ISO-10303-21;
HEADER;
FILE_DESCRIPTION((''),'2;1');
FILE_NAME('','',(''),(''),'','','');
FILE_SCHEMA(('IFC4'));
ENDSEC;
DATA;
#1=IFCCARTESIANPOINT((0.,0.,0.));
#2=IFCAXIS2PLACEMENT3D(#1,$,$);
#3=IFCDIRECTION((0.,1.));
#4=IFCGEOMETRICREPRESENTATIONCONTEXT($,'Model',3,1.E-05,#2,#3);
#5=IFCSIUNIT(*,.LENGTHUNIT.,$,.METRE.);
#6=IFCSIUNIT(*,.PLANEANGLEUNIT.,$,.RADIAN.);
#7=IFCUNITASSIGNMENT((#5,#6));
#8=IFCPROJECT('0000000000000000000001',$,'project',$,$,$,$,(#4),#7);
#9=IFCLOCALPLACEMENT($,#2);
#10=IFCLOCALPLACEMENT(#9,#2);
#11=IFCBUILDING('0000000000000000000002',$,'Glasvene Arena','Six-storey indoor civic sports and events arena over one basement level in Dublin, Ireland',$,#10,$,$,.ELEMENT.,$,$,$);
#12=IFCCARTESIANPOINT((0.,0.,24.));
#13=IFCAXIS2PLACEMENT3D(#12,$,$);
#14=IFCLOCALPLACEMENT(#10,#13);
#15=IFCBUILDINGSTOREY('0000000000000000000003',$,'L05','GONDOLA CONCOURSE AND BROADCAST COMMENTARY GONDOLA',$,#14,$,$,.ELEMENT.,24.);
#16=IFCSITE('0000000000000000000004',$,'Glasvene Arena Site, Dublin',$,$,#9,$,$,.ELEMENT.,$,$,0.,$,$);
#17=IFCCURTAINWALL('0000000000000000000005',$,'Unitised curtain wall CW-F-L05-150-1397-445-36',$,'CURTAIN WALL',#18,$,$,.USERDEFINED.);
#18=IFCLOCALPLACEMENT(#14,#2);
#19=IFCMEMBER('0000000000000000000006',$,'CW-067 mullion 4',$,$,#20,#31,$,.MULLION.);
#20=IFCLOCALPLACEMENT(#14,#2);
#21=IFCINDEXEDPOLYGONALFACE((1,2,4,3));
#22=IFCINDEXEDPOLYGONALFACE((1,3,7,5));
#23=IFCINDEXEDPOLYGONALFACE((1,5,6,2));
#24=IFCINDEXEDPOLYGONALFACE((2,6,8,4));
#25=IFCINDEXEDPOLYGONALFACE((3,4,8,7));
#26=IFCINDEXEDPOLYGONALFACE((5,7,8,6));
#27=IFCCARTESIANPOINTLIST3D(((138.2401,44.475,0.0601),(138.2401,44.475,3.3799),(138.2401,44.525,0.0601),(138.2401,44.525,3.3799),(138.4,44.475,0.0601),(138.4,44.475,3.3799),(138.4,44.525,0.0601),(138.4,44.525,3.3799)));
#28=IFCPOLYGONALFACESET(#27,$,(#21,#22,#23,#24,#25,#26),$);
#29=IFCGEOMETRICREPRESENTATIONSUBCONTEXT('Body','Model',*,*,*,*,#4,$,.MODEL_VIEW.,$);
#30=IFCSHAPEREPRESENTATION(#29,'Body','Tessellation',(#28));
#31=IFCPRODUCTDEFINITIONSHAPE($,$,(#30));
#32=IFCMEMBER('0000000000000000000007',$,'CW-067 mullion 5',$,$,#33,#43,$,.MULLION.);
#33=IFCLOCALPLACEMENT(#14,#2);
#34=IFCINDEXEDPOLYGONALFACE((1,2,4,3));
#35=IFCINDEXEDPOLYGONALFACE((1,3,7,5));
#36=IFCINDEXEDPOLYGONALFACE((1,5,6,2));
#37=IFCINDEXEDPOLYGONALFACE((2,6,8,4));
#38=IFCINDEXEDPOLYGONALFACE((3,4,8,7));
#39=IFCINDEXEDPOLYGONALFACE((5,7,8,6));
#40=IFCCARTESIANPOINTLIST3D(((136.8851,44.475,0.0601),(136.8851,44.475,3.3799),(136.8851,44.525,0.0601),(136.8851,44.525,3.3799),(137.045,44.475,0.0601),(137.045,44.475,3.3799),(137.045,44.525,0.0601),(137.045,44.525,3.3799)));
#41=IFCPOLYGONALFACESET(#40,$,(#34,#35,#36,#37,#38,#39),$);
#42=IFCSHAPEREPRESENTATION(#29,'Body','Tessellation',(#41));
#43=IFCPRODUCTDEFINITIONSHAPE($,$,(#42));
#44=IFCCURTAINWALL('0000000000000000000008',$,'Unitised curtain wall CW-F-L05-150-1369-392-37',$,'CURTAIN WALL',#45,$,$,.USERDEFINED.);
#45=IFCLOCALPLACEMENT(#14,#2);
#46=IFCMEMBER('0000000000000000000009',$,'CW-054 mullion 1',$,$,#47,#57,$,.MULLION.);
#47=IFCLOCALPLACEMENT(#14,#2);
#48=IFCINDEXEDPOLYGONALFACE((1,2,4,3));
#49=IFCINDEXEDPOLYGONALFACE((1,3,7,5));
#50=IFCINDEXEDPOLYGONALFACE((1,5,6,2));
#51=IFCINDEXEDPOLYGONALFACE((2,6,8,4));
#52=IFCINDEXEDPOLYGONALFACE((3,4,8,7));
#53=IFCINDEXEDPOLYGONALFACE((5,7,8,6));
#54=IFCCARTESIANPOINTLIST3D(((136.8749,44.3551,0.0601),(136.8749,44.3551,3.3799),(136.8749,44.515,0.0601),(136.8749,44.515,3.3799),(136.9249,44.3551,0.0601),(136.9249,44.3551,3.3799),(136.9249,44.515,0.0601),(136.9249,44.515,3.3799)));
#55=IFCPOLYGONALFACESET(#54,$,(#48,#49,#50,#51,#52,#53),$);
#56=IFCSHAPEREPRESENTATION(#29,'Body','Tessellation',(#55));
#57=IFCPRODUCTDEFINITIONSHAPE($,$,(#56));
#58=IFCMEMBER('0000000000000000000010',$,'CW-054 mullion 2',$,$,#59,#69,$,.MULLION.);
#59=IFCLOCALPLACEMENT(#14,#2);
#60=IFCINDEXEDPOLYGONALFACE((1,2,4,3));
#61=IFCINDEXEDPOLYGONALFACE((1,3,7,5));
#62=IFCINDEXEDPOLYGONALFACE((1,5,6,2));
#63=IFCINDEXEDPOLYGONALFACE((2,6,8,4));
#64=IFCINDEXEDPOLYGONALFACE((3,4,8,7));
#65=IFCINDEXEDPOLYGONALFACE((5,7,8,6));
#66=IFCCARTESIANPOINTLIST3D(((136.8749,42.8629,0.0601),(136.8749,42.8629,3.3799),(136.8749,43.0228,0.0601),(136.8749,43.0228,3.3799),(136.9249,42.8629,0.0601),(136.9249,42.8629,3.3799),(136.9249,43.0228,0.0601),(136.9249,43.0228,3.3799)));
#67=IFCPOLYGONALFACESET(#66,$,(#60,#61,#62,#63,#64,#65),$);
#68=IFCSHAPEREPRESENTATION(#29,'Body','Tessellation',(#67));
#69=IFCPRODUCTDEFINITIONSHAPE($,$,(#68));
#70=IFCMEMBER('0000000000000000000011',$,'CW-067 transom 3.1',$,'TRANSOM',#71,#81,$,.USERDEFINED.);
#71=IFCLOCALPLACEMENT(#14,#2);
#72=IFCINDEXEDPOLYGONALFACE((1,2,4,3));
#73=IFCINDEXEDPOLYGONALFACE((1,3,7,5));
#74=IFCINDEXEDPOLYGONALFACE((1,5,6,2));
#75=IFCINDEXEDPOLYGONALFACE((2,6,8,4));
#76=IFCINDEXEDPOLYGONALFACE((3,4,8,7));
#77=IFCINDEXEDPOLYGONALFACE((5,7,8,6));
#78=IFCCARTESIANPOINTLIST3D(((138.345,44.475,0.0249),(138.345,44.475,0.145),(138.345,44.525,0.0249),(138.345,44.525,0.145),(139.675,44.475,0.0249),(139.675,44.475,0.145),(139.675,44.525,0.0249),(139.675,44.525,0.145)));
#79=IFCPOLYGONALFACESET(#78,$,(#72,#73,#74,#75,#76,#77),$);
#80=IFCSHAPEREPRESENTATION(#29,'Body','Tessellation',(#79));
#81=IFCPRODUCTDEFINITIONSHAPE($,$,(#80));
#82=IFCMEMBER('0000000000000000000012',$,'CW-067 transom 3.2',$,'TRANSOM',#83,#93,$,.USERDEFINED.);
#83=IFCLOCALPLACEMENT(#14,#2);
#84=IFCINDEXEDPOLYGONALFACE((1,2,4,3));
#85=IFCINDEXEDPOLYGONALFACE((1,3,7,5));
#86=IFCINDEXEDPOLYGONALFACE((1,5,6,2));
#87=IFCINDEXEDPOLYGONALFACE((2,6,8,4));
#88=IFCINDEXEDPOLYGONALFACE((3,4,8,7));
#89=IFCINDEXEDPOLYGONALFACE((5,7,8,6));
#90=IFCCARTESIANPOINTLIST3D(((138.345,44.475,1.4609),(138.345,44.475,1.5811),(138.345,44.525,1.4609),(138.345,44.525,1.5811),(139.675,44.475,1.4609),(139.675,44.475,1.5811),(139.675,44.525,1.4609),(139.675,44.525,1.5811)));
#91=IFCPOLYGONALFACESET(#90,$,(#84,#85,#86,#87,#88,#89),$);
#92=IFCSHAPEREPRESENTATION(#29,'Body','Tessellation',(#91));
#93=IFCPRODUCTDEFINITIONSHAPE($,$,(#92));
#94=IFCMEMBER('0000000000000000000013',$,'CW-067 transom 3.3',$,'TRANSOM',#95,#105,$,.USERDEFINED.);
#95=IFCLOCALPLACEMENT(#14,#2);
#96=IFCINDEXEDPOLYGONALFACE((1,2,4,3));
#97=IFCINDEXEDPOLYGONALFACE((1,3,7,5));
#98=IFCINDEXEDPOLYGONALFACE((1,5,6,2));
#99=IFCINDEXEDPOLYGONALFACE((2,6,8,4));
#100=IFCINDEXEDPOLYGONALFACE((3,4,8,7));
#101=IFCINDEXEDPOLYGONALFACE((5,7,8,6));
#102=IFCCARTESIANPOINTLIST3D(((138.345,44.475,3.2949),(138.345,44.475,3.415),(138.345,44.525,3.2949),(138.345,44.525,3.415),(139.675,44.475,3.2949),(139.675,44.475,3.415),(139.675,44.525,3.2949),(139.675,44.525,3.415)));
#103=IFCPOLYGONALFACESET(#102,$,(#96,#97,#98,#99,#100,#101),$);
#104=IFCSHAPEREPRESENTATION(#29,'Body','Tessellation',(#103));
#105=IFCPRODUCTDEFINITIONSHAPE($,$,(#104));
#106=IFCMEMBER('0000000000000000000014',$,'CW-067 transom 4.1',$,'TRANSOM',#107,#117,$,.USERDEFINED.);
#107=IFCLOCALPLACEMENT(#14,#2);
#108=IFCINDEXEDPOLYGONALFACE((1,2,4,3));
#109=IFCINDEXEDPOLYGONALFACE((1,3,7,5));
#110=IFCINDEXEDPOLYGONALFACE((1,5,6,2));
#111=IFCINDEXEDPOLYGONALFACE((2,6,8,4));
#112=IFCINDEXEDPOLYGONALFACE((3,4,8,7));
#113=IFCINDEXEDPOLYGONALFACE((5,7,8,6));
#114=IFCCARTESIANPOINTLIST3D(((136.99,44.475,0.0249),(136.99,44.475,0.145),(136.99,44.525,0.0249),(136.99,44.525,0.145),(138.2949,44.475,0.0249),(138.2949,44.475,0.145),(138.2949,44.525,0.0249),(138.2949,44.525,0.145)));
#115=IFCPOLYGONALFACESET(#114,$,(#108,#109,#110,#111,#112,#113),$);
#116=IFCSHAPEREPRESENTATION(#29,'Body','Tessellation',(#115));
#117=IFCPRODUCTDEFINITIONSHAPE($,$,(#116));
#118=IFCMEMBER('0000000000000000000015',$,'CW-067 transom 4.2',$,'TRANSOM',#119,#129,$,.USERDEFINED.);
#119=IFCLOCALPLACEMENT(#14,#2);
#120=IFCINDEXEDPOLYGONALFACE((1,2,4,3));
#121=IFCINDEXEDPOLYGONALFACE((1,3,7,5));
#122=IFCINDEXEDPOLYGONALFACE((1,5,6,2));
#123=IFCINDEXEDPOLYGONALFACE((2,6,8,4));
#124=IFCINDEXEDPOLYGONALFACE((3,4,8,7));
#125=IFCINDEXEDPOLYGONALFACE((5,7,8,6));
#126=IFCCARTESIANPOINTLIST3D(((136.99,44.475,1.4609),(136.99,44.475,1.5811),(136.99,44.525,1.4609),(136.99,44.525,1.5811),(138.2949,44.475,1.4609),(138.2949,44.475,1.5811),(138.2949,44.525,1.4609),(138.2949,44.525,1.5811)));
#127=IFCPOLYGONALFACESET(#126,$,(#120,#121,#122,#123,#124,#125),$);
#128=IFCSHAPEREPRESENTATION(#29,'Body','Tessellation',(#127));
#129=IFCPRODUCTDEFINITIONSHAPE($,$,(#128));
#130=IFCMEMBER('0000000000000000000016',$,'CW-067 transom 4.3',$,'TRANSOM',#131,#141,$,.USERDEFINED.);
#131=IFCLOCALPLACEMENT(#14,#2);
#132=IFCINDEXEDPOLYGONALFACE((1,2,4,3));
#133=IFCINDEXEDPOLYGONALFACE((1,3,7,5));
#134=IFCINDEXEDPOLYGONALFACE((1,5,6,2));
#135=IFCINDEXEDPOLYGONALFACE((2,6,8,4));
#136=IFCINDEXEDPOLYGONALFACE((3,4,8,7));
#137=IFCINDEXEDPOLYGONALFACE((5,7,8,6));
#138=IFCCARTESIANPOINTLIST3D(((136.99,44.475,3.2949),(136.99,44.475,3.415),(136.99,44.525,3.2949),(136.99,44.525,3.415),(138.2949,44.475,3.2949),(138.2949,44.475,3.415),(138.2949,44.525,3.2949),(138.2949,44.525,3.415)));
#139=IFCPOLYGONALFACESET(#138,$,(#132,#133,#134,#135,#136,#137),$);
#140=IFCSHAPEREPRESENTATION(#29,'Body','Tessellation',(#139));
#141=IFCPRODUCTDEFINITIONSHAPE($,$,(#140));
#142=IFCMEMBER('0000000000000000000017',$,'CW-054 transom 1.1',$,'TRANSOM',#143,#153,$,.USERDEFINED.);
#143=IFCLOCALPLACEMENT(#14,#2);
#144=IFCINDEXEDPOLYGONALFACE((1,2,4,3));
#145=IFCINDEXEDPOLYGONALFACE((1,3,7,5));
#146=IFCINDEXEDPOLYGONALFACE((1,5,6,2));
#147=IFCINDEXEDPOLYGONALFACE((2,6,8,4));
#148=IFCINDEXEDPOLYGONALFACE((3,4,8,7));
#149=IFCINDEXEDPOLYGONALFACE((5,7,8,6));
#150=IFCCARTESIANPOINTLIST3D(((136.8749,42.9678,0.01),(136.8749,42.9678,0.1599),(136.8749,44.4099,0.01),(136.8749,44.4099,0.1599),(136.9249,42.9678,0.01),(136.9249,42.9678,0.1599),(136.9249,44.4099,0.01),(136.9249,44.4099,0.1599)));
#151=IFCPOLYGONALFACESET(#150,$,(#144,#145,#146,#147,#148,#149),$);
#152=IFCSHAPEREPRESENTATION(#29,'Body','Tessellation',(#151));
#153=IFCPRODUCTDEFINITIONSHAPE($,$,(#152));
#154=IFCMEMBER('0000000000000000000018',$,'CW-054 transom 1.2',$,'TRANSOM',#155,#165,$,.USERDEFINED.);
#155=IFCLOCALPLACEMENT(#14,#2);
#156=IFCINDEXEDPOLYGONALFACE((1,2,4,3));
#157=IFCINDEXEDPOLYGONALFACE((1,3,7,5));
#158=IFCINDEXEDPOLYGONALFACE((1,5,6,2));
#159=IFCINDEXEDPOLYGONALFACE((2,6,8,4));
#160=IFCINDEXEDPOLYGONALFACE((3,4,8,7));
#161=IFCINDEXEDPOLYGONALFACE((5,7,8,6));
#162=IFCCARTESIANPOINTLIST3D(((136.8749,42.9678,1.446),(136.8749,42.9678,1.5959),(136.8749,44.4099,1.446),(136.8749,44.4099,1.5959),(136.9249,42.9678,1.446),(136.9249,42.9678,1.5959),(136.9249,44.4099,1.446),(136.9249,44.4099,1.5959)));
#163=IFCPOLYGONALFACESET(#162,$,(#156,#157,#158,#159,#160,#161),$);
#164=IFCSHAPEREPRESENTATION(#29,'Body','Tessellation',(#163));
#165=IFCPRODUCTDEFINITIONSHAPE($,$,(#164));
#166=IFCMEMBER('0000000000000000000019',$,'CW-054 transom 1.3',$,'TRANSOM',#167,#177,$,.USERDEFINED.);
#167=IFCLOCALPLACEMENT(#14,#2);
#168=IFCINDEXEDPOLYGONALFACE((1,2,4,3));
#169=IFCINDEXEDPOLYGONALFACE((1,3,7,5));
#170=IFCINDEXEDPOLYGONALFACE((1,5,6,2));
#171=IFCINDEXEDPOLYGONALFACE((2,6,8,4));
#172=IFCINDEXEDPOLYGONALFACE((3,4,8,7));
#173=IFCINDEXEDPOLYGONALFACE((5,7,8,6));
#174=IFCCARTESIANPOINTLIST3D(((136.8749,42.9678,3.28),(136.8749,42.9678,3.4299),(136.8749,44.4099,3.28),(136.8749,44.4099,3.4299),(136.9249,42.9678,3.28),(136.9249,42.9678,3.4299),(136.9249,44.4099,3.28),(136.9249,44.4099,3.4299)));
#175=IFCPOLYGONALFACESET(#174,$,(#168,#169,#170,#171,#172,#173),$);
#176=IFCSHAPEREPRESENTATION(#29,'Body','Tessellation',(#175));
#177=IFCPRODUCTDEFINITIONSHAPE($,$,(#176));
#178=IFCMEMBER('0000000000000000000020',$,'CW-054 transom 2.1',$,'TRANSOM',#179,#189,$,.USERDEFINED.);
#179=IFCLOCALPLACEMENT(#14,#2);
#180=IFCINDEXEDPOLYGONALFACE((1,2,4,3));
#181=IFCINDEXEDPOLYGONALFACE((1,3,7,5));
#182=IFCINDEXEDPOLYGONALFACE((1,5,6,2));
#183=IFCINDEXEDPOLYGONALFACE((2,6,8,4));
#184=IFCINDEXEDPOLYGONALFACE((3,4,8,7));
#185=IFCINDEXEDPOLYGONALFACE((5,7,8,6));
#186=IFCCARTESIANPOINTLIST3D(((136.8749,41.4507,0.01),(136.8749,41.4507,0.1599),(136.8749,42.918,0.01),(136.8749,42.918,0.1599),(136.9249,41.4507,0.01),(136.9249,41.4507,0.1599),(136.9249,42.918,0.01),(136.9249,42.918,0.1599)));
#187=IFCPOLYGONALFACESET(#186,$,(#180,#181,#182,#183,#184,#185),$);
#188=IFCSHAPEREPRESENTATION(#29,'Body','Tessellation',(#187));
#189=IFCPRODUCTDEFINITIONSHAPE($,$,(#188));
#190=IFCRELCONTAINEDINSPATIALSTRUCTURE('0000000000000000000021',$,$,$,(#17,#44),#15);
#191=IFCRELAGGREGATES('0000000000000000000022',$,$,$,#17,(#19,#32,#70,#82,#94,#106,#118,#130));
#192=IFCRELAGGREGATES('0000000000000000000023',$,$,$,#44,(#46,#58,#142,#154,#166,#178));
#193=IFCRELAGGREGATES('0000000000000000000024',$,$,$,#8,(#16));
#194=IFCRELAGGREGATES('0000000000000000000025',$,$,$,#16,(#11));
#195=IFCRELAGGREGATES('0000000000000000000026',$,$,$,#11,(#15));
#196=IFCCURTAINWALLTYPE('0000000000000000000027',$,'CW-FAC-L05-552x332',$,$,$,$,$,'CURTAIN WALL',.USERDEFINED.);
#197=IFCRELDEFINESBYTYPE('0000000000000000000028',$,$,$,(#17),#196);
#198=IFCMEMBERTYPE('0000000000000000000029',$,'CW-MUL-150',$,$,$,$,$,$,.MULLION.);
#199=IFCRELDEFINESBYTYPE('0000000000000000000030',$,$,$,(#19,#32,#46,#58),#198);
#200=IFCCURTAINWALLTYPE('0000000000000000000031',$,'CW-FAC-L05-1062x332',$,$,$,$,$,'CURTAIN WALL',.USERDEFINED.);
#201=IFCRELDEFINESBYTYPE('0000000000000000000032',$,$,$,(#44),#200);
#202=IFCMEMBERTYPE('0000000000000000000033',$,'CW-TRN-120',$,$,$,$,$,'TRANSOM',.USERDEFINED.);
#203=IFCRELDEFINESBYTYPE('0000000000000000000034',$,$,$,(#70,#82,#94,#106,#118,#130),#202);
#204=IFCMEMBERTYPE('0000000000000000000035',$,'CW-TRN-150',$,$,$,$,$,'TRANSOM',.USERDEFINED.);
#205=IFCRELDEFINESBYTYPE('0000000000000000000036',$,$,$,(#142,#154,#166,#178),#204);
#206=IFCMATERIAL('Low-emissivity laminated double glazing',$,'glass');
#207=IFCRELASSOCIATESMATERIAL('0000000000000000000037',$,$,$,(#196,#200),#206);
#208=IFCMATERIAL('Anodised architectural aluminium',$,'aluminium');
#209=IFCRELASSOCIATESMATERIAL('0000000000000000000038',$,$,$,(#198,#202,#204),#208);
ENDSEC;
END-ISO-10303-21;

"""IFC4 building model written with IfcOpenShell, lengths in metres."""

from ifc_helpers import new_model, si_unit, direction, frame, origin, origin_2d, place, context, subcontext, project, spatial, rectangle, extrude, material, material_profile, profile_set, type_object, element, aggregate, save


model = new_model("IFC4")

# Units and contexts
model_context = context("Model", 3, precision=1e-05, world=origin(), true_north=direction((0.0, 1.0)))
body_context = subcontext(model_context, "Body", "Model", "MODEL_VIEW")
ifc_project = project(units=[si_unit("LENGTHUNIT", "METRE"), si_unit("PLANEANGLEUNIT", "RADIAN")], contexts=[model_context])

# Site, building, storey
site_placement = place(None, origin())
site = spatial("IfcSite", under=ifc_project, at=site_placement, Name="Glasvene Arena Site, Dublin", CompositionType="ELEMENT", RefElevation=0.0)
building_placement = place(site_placement, origin())
building = spatial("IfcBuilding", under=site, at=building_placement, Name="Glasvene Arena", Description="Six-storey indoor civic sports and events arena over one basement level in Dublin, Ireland", CompositionType="ELEMENT")
storey_placement = place(building_placement, frame((0.0, 0.0, 24.0)))
storey = spatial("IfcBuildingStorey", under=building, at=storey_placement, Name="L05", Description="GONDOLA CONCOURSE AND BROADCAST COMMENTARY GONDOLA", CompositionType="ELEMENT", Elevation=24.0)

# Curtain walls, members
ifc_material_1 = material(Name="Low-emissivity laminated double glazing", Category="glass")
curtain_wall_type_1 = type_object("IfcCurtainWallType", Name="CW-FAC-L05-552x332", ElementType="CURTAIN WALL", PredefinedType="USERDEFINED", material=ifc_material_1)
curtain_wall_1_placement = place(storey_placement, frame((142.46, 44.5, 0.0)))
curtain_wall_1 = element("IfcCurtainWall", 1, at=curtain_wall_1_placement, inside=storey, type_object=curtain_wall_type_1, Name="Unitised curtain wall CW-F-L05-150-1397-445-36", ObjectType="CURTAIN WALL", PredefinedType="USERDEFINED")
ifc_material_2 = material(Name="Anodised architectural aluminium", Category="aluminium")
ifc_material_profile_1 = material_profile(ifc_material_2, rectangle(XDim=0.05, YDim=0.1599, at=origin_2d()), Name="ALU MULLION 50x160")
ifc_profile_set_1 = profile_set([ifc_material_profile_1], Name="Anodised architectural aluminium")
member_type_1 = type_object("IfcMemberType", Name="CW-MUL-150", PredefinedType="MULLION", material=ifc_profile_set_1)
member_1_placement = place(storey_placement, frame((138.3201, 44.5, 0.0601), z_axis=(0.0, 0.0, 1.0), x_axis=(0.0, -1.0, 0.0)))
member_1 = element("IfcMember", 2, at=member_1_placement, type_object=member_type_1, Name="CW-067 mullion 4", PredefinedType="MULLION", context=body_context, shape_type="SweptSolid", body=[
    extrude(rectangle(XDim=0.05, YDim=0.1599, at=origin_2d()), origin(), (0.0, 0.0, 1.0), 3.3198),
])
member_2_placement = place(storey_placement, frame((136.9651, 44.5, 0.0601), z_axis=(0.0, 0.0, 1.0), x_axis=(0.0, -1.0, 0.0)))
member_2 = element("IfcMember", 3, at=member_2_placement, type_object=member_type_1, Name="CW-067 mullion 5", PredefinedType="MULLION", context=body_context, shape_type="SweptSolid", body=[
    extrude(rectangle(XDim=0.05, YDim=0.1599, at=origin_2d()), origin(), (0.0, 0.0, 1.0), 3.3198),
])
curtain_wall_type_2 = type_object("IfcCurtainWallType", Name="CW-FAC-L05-1062x332", ElementType="CURTAIN WALL", PredefinedType="USERDEFINED", material=ifc_material_1)
curtain_wall_2_placement = place(storey_placement, frame((136.8999, 44.46, 0.0)))
curtain_wall_2 = element("IfcCurtainWall", 4, at=curtain_wall_2_placement, inside=storey, type_object=curtain_wall_type_2, Name="Unitised curtain wall CW-F-L05-150-1369-392-37", ObjectType="CURTAIN WALL", PredefinedType="USERDEFINED")
member_3_placement = place(storey_placement, frame((136.8999, 44.4351, 0.0601), z_axis=(0.0, 0.0, 1.0), x_axis=(1.0, 0.0, 0.0)))
member_3 = element("IfcMember", 5, at=member_3_placement, type_object=member_type_1, Name="CW-054 mullion 1", PredefinedType="MULLION", context=body_context, shape_type="SweptSolid", body=[
    extrude(rectangle(XDim=0.05, YDim=0.1599, at=origin_2d()), origin(), (0.0, 0.0, 1.0), 3.3198),
])
member_4_placement = place(storey_placement, frame((136.8999, 42.9429, 0.0601), z_axis=(0.0, 0.0, 1.0), x_axis=(1.0, 0.0, 0.0)))
member_4 = element("IfcMember", 6, at=member_4_placement, type_object=member_type_1, Name="CW-054 mullion 2", PredefinedType="MULLION", context=body_context, shape_type="SweptSolid", body=[
    extrude(rectangle(XDim=0.05, YDim=0.1599, at=origin_2d()), origin(), (0.0, 0.0, 1.0), 3.3198),
])

# Members
ifc_material_profile_2 = material_profile(ifc_material_2, rectangle(XDim=0.05, YDim=0.1201, at=origin_2d()), Name="ALU TRANSOM 50x120")
ifc_profile_set_2 = profile_set([ifc_material_profile_2], Name="Anodised architectural aluminium")
member_type_2 = type_object("IfcMemberType", Name="CW-TRN-120", ElementType="TRANSOM", PredefinedType="USERDEFINED", material=ifc_profile_set_2)
member_5_placement = place(storey_placement, frame((139.675, 44.5, 0.085), z_axis=(-1.0, 0.0, 0.0), x_axis=(0.0, -1.0, 0.0)))
member_5 = element("IfcMember", 7, at=member_5_placement, type_object=member_type_2, Name="CW-067 transom 3.1", ObjectType="TRANSOM", PredefinedType="USERDEFINED", context=body_context, shape_type="SweptSolid", body=[
    extrude(rectangle(XDim=0.05, YDim=0.1201, at=origin_2d()), origin(), (0.0, 0.0, 1.0), 1.3301),
])
member_6_placement = place(storey_placement, frame((139.675, 44.5, 1.521), z_axis=(-1.0, 0.0, 0.0), x_axis=(0.0, -1.0, 0.0)))
member_6 = element("IfcMember", 8, at=member_6_placement, type_object=member_type_2, Name="CW-067 transom 3.2", ObjectType="TRANSOM", PredefinedType="USERDEFINED", context=body_context, shape_type="SweptSolid", body=[
    extrude(rectangle(XDim=0.05, YDim=0.1201, at=origin_2d()), origin(), (0.0, 0.0, 1.0), 1.3301),
])
member_7_placement = place(storey_placement, frame((139.675, 44.5, 3.355), z_axis=(-1.0, 0.0, 0.0), x_axis=(0.0, -1.0, 0.0)))
member_7 = element("IfcMember", 9, at=member_7_placement, type_object=member_type_2, Name="CW-067 transom 3.3", ObjectType="TRANSOM", PredefinedType="USERDEFINED", context=body_context, shape_type="SweptSolid", body=[
    extrude(rectangle(XDim=0.05, YDim=0.1201, at=origin_2d()), origin(), (0.0, 0.0, 1.0), 1.3301),
])
member_8_placement = place(storey_placement, frame((138.2949, 44.5, 0.085), z_axis=(-1.0, 0.0, 0.0), x_axis=(0.0, -1.0, 0.0)))
member_8 = element("IfcMember", 10, at=member_8_placement, type_object=member_type_2, Name="CW-067 transom 4.1", ObjectType="TRANSOM", PredefinedType="USERDEFINED", context=body_context, shape_type="SweptSolid", body=[
    extrude(rectangle(XDim=0.05, YDim=0.1201, at=origin_2d()), origin(), (0.0, 0.0, 1.0), 1.3049),
])
member_9_placement = place(storey_placement, frame((138.2949, 44.5, 1.521), z_axis=(-1.0, 0.0, 0.0), x_axis=(0.0, -1.0, 0.0)))
member_9 = element("IfcMember", 11, at=member_9_placement, type_object=member_type_2, Name="CW-067 transom 4.2", ObjectType="TRANSOM", PredefinedType="USERDEFINED", context=body_context, shape_type="SweptSolid", body=[
    extrude(rectangle(XDim=0.05, YDim=0.1201, at=origin_2d()), origin(), (0.0, 0.0, 1.0), 1.3049),
])
member_10_placement = place(storey_placement, frame((138.2949, 44.5, 3.355), z_axis=(-1.0, 0.0, 0.0), x_axis=(0.0, -1.0, 0.0)))
member_10 = element("IfcMember", 12, at=member_10_placement, type_object=member_type_2, Name="CW-067 transom 4.3", ObjectType="TRANSOM", PredefinedType="USERDEFINED", context=body_context, shape_type="SweptSolid", body=[
    extrude(rectangle(XDim=0.05, YDim=0.1201, at=origin_2d()), origin(), (0.0, 0.0, 1.0), 1.3049),
])
ifc_material_profile_3 = material_profile(ifc_material_2, rectangle(XDim=0.05, YDim=0.1499, at=origin_2d()), Name="ALU TRANSOM 50x150")
ifc_profile_set_3 = profile_set([ifc_material_profile_3], Name="Anodised architectural aluminium")
member_type_3 = type_object("IfcMemberType", Name="CW-TRN-150", ElementType="TRANSOM", PredefinedType="USERDEFINED", material=ifc_profile_set_3)
member_11_placement = place(storey_placement, frame((136.8999, 44.4099, 0.085), z_axis=(0.0, -1.0, 0.0), x_axis=(1.0, 0.0, 0.0)))
member_11 = element("IfcMember", 13, at=member_11_placement, type_object=member_type_3, Name="CW-054 transom 1.1", ObjectType="TRANSOM", PredefinedType="USERDEFINED", context=body_context, shape_type="SweptSolid", body=[
    extrude(rectangle(XDim=0.05, YDim=0.1499, at=origin_2d()), origin(), (0.0, 0.0, 1.0), 1.4421),
])
member_12_placement = place(storey_placement, frame((136.8999, 44.4099, 1.521), z_axis=(0.0, -1.0, 0.0), x_axis=(1.0, 0.0, 0.0)))
member_12 = element("IfcMember", 14, at=member_12_placement, type_object=member_type_3, Name="CW-054 transom 1.2", ObjectType="TRANSOM", PredefinedType="USERDEFINED", context=body_context, shape_type="SweptSolid", body=[
    extrude(rectangle(XDim=0.05, YDim=0.1499, at=origin_2d()), origin(), (0.0, 0.0, 1.0), 1.4421),
])
member_13_placement = place(storey_placement, frame((136.8999, 44.4099, 3.355), z_axis=(0.0, -1.0, 0.0), x_axis=(1.0, 0.0, 0.0)))
member_13 = element("IfcMember", 15, at=member_13_placement, type_object=member_type_3, Name="CW-054 transom 1.3", ObjectType="TRANSOM", PredefinedType="USERDEFINED", context=body_context, shape_type="SweptSolid", body=[
    extrude(rectangle(XDim=0.05, YDim=0.1499, at=origin_2d()), origin(), (0.0, 0.0, 1.0), 1.4421),
])
member_14_placement = place(storey_placement, frame((136.8999, 42.918, 0.085), z_axis=(0.0, -1.0, 0.0), x_axis=(1.0, 0.0, 0.0)))
member_14 = element("IfcMember", 16, at=member_14_placement, type_object=member_type_3, Name="CW-054 transom 2.1", ObjectType="TRANSOM", PredefinedType="USERDEFINED", context=body_context, shape_type="SweptSolid", body=[
    extrude(rectangle(XDim=0.05, YDim=0.1499, at=origin_2d()), origin(), (0.0, 0.0, 1.0), 1.4673),
])

aggregate(curtain_wall_1, [member_1, member_2, member_5, member_6, member_7, member_8, member_9, member_10])
aggregate(curtain_wall_2, [member_3, member_4, member_11, member_12, member_13, member_14])

save(model, "model.ifc")
